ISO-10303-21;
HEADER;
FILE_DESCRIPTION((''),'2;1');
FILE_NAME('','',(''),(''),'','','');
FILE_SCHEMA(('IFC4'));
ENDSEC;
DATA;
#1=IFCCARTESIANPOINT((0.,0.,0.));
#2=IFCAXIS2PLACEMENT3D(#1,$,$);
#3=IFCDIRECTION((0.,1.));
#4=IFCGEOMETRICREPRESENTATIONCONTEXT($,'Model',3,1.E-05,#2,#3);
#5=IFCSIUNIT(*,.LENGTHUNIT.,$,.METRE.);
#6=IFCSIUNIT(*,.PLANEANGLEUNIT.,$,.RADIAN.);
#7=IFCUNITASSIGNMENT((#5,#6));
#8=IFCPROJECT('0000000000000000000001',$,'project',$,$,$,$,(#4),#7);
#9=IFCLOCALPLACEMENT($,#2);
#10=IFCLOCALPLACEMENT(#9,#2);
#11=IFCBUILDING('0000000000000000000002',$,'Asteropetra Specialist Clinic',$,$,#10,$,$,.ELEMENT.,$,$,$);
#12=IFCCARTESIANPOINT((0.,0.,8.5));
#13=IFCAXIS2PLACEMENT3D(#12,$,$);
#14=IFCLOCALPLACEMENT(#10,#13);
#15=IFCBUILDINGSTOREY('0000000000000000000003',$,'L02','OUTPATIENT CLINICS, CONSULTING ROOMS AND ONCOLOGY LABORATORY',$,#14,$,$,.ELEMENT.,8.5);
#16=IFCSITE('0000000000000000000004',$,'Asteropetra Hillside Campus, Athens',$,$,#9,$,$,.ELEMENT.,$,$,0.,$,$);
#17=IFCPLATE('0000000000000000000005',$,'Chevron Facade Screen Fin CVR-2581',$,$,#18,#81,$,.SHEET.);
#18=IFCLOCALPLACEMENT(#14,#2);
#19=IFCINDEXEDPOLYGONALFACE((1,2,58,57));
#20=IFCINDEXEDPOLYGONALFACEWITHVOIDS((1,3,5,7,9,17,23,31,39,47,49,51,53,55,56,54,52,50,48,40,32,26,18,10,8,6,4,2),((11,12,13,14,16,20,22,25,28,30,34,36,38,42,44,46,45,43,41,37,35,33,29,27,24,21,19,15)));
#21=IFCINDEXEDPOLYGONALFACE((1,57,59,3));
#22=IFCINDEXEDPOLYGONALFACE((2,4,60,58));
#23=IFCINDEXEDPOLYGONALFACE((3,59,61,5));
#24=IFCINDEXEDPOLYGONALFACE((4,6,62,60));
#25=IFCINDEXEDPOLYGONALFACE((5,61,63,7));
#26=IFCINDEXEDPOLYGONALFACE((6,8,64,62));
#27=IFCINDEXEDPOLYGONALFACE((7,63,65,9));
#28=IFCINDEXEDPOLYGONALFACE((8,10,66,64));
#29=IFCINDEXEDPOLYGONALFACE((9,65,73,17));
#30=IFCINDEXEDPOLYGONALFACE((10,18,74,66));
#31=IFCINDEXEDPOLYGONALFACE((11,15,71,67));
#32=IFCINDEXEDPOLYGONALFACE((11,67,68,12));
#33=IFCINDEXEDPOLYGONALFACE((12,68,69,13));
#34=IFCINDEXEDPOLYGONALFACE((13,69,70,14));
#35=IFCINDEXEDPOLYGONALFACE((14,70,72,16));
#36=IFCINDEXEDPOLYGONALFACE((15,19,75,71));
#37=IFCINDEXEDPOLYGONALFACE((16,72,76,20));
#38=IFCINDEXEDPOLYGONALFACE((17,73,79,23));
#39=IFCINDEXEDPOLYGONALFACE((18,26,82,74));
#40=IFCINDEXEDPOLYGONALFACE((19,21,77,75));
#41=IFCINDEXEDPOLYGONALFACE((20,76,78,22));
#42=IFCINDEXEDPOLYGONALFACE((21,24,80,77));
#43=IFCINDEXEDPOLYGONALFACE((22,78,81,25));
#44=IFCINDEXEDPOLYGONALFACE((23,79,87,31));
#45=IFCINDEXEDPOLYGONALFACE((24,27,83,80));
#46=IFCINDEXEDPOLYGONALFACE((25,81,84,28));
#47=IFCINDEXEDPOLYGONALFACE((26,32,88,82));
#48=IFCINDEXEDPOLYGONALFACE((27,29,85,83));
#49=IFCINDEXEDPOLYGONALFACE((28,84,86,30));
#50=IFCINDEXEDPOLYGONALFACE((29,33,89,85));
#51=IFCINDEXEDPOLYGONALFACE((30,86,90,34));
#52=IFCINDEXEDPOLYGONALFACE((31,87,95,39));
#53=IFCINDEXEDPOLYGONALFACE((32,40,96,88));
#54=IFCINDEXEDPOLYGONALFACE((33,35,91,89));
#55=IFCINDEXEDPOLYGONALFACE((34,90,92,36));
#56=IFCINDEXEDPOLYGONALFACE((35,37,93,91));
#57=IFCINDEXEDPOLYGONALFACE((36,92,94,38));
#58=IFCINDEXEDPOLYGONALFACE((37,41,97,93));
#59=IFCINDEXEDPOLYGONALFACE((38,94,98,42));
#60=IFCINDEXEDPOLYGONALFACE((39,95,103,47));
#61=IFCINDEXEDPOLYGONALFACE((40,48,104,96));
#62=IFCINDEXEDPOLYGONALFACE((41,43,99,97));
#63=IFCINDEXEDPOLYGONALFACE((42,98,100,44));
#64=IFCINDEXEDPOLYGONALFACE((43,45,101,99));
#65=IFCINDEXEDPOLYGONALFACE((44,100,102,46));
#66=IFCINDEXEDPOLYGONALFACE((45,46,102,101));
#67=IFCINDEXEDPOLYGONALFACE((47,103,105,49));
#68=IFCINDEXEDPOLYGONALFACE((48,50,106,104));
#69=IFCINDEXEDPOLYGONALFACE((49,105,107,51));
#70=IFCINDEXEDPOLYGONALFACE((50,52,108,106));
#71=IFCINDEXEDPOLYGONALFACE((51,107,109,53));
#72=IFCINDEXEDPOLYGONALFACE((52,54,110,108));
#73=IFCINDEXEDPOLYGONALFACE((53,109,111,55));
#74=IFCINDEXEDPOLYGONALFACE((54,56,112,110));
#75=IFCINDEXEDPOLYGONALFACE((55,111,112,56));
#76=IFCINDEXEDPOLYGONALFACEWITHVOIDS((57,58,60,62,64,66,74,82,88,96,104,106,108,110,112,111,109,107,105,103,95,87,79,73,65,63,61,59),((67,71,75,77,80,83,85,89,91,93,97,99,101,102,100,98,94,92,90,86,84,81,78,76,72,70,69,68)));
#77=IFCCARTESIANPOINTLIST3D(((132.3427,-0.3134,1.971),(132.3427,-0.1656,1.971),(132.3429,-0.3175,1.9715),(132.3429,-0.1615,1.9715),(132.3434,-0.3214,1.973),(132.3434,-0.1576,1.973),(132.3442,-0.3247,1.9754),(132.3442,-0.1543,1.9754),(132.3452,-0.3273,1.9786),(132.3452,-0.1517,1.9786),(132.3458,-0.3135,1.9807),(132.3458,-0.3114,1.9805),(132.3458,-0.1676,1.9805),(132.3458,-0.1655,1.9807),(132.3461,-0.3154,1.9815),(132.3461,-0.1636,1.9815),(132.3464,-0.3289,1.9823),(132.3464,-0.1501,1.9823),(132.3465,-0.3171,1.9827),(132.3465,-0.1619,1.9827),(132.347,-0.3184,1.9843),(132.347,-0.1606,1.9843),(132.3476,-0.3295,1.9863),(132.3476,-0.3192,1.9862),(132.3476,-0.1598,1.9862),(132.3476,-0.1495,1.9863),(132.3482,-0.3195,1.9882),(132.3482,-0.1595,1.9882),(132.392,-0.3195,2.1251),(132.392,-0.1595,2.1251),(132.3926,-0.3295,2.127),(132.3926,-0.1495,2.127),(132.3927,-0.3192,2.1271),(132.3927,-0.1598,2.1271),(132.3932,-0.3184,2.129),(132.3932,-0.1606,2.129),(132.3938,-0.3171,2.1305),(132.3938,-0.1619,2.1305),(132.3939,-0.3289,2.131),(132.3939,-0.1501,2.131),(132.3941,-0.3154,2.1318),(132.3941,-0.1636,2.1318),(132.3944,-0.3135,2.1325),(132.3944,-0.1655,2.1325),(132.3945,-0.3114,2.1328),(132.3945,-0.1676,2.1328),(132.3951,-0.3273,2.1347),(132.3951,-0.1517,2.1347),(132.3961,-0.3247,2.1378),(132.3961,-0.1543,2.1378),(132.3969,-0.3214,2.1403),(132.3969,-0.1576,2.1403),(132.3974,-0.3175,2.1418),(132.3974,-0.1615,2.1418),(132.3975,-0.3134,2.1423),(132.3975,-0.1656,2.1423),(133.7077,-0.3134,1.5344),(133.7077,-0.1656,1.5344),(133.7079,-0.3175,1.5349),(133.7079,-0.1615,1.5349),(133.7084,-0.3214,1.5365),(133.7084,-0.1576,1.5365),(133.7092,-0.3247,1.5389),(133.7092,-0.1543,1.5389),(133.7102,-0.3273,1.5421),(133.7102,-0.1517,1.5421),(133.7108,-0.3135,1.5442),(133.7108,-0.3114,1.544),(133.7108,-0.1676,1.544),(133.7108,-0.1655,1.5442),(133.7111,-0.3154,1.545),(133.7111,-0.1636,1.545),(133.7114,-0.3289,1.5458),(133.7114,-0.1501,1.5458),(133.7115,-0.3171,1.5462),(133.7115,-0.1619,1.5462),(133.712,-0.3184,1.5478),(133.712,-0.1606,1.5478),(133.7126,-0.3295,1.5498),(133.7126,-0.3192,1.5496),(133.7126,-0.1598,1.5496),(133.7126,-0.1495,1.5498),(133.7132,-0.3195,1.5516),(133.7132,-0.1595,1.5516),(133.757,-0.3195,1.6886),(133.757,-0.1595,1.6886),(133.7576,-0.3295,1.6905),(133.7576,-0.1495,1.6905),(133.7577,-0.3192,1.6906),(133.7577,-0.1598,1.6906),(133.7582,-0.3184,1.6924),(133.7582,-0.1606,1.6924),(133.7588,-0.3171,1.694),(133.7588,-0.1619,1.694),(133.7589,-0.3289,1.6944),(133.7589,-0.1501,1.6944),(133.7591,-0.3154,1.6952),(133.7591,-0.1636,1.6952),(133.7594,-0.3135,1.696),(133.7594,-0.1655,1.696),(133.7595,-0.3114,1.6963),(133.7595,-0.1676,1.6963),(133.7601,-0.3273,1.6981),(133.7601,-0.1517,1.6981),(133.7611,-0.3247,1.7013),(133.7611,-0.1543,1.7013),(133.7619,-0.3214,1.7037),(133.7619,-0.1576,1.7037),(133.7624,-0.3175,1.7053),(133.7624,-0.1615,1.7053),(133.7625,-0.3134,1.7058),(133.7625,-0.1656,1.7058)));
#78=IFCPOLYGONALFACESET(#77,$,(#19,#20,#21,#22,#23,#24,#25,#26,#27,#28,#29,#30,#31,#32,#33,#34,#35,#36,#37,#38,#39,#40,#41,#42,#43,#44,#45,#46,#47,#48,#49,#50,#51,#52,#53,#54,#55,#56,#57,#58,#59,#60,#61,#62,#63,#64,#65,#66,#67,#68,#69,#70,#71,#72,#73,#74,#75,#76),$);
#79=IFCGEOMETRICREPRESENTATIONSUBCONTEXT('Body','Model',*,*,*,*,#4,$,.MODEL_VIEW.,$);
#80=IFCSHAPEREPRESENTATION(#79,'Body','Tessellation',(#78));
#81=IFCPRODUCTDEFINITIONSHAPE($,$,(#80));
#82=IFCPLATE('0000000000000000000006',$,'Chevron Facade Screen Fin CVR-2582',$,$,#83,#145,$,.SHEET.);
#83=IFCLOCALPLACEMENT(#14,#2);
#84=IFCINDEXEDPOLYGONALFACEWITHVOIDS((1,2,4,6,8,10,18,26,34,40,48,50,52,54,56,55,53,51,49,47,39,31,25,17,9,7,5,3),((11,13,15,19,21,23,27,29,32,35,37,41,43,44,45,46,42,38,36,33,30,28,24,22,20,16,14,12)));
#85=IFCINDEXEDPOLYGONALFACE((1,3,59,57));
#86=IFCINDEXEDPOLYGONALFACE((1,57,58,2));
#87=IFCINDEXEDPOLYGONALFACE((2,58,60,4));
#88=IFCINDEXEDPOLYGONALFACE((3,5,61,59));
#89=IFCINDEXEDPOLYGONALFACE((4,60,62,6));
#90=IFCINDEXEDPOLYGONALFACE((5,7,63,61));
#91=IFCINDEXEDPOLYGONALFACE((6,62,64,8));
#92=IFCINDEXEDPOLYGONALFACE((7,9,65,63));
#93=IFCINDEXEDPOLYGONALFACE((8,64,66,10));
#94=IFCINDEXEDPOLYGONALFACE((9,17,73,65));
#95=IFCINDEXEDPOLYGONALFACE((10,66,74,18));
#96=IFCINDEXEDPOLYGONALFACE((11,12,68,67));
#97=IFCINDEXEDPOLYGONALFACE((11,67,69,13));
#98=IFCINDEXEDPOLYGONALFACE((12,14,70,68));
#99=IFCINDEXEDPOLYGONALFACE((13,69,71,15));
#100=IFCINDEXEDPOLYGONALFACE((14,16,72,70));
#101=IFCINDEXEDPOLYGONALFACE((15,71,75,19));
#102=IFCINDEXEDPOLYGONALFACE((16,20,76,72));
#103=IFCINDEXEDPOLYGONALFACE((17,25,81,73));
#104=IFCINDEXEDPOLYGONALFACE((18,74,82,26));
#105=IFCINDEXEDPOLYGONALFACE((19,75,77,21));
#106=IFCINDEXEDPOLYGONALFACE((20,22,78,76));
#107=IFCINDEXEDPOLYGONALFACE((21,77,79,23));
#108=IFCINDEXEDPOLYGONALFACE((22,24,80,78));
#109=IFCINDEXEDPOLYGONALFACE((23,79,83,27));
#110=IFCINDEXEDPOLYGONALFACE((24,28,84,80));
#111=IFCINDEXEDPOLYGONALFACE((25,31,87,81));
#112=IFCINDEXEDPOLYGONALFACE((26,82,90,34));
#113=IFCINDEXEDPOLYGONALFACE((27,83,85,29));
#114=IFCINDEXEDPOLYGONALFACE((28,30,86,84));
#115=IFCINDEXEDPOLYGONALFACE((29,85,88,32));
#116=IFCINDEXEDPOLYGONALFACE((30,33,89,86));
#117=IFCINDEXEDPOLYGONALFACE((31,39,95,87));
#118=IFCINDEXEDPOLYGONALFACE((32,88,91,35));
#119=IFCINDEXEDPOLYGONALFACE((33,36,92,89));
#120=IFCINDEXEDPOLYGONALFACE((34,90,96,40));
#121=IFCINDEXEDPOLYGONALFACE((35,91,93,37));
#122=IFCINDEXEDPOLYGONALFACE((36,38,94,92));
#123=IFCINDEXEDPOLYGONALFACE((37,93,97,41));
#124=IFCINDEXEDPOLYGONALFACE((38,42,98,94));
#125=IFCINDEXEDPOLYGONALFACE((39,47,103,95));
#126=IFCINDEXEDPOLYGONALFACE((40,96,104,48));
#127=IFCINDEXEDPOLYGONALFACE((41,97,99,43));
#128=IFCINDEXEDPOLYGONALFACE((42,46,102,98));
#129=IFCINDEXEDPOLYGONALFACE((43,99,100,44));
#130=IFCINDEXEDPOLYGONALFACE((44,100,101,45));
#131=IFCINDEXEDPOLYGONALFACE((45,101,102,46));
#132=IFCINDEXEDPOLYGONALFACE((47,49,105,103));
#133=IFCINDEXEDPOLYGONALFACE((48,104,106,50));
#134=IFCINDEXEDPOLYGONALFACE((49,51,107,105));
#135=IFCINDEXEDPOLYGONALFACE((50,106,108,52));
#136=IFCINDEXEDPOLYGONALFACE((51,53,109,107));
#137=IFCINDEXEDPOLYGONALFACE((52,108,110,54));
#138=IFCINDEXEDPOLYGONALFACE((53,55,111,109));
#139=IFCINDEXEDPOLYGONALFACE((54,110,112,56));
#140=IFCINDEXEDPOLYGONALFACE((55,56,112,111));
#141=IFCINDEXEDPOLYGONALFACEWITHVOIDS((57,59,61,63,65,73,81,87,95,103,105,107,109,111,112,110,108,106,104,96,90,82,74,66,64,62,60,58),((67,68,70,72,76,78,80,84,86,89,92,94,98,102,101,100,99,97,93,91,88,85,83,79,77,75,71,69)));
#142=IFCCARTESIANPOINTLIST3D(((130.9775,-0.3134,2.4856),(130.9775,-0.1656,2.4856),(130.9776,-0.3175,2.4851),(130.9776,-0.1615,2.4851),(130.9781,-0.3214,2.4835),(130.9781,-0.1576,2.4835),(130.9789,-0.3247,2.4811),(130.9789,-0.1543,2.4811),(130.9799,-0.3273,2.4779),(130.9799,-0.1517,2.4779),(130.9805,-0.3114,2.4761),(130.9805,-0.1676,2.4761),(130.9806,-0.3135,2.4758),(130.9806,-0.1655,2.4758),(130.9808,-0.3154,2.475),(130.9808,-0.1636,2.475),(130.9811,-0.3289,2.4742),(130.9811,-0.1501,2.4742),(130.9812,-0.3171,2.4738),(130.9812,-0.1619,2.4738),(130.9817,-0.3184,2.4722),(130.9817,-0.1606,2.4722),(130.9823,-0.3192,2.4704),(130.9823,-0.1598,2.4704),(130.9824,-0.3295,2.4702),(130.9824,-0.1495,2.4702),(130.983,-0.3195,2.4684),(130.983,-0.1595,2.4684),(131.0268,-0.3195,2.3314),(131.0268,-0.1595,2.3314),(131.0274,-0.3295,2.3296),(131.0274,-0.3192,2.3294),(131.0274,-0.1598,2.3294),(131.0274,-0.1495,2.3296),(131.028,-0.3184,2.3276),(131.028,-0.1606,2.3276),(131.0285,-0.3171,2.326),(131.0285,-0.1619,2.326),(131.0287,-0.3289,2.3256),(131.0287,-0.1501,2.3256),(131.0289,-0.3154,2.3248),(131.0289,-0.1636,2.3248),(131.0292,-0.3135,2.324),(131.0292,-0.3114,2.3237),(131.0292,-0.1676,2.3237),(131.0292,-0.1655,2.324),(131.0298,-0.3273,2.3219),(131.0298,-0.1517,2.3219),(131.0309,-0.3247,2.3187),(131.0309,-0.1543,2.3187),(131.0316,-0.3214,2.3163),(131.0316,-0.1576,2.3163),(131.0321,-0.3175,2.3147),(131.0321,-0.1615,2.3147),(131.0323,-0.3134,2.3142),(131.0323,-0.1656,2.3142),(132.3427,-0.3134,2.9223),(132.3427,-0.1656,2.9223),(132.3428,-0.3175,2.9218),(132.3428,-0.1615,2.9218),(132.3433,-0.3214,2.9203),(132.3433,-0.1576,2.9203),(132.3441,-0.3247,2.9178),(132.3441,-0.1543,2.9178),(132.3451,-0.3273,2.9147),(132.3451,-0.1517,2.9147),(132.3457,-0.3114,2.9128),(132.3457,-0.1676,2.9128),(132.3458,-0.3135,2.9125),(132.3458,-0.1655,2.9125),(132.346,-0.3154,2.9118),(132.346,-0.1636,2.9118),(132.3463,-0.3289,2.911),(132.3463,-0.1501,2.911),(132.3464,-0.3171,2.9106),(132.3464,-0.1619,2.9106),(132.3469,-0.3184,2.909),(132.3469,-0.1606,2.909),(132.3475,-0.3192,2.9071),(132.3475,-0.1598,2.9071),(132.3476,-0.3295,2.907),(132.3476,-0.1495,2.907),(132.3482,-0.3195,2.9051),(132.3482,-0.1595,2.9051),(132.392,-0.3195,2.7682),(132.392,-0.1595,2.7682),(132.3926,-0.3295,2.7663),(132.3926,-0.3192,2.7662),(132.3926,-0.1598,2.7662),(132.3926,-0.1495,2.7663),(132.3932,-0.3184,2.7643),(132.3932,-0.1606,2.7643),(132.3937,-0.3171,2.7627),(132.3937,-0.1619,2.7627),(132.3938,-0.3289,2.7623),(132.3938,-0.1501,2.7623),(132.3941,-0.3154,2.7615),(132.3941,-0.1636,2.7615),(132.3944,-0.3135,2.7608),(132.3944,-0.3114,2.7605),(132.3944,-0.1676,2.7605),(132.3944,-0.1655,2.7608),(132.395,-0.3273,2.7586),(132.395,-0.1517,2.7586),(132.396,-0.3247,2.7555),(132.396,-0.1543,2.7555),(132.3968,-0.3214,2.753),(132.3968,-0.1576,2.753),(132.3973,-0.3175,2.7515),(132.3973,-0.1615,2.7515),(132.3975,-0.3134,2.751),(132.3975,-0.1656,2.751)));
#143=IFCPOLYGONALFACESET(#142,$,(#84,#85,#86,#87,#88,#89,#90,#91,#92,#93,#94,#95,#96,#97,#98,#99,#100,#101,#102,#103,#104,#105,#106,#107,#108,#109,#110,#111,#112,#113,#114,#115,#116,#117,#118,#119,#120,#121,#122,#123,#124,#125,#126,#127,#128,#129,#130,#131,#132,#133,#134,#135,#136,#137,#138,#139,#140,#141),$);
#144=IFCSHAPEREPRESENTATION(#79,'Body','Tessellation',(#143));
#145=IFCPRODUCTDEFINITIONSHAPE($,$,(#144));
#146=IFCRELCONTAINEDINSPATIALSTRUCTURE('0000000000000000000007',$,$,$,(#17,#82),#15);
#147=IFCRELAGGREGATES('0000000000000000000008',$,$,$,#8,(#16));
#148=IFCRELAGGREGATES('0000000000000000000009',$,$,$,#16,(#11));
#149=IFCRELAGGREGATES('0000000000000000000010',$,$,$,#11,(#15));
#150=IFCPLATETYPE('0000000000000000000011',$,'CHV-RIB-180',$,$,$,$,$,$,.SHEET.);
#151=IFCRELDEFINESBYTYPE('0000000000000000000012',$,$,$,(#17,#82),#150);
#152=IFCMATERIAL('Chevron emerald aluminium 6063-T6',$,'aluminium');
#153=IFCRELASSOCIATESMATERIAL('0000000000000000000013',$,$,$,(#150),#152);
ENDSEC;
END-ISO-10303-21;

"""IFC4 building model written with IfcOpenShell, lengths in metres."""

from ifc_helpers import new_model, si_unit, direction, frame, origin, origin_2d, place, context, subcontext, project, spatial, hollow_rectangle, extrude, material, material_profile, profile_set, type_object, element, save


model = new_model("IFC4")

# Units and contexts
model_context = context("Model", 3, precision=1e-05, world=origin(), true_north=direction((0.0, 1.0)))
body_context = subcontext(model_context, "Body", "Model", "MODEL_VIEW")
ifc_project = project(units=[si_unit("LENGTHUNIT", "METRE"), si_unit("PLANEANGLEUNIT", "RADIAN")], contexts=[model_context])

# Site, building, storey
site_placement = place(None, origin())
site = spatial("IfcSite", under=ifc_project, at=site_placement, Name="Asteropetra Hillside Campus, Athens", CompositionType="ELEMENT", RefElevation=0.0)
building_placement = place(site_placement, origin())
building = spatial("IfcBuilding", under=site, at=building_placement, Name="Asteropetra Specialist Clinic", CompositionType="ELEMENT")
storey_placement = place(building_placement, frame((0.0, 0.0, 8.5)))
storey = spatial("IfcBuildingStorey", under=building, at=storey_placement, Name="L02", Description="OUTPATIENT CLINICS, CONSULTING ROOMS AND ONCOLOGY LABORATORY", CompositionType="ELEMENT", Elevation=8.5)

# Plates
ifc_material_1 = material(Name="Chevron emerald aluminium 6063-T6", Category="aluminium")
ifc_material_profile = material_profile(ifc_material_1, hollow_rectangle(XDim=0.1799, YDim=0.1799, WallThickness=0.01, InnerFilletRadius=0.0081, OuterFilletRadius=0.0161, at=origin_2d()), Name="SHS 180x180x10.0")
ifc_profile_set = profile_set([ifc_material_profile], Name="Chevron emerald aluminium 6063-T6")
plate_type = type_object("IfcPlateType", Name="CHV-RIB-180", PredefinedType="SHEET", material=ifc_profile_set)
plate_1_placement = place(storey_placement, frame((132.3701, -0.2395, 2.0566), z_axis=(0.95248, 0.0, -0.304603), x_axis=(0.0, 1.0, 0.0)))
element("IfcPlate", 1, at=plate_1_placement, inside=storey, type_object=plate_type, Name="Chevron Facade Screen Fin CVR-2581", PredefinedType="SHEET", context=body_context, shape_type="SweptSolid", body=[
    extrude(hollow_rectangle(XDim=0.1799, YDim=0.1799, WallThickness=0.01, InnerFilletRadius=0.0081, OuterFilletRadius=0.0161, at=origin_2d()), origin(), (0.0, 0.0, 1.0), 1.4331),
])
plate_2_placement = place(storey_placement, frame((131.0049, -0.2395, 2.3999), z_axis=(0.952446, 0.0, 0.304708), x_axis=(0.0, 1.0, 0.0)))
element("IfcPlate", 2, at=plate_2_placement, inside=storey, type_object=plate_type, Name="Chevron Facade Screen Fin CVR-2582", PredefinedType="SHEET", context=body_context, shape_type="SweptSolid", body=[
    extrude(hollow_rectangle(XDim=0.1799, YDim=0.1799, WallThickness=0.01, InnerFilletRadius=0.0081, OuterFilletRadius=0.0161, at=origin_2d()), origin(), (0.0, 0.0, 1.0), 1.4333),
])

save(model, "model.ifc")
